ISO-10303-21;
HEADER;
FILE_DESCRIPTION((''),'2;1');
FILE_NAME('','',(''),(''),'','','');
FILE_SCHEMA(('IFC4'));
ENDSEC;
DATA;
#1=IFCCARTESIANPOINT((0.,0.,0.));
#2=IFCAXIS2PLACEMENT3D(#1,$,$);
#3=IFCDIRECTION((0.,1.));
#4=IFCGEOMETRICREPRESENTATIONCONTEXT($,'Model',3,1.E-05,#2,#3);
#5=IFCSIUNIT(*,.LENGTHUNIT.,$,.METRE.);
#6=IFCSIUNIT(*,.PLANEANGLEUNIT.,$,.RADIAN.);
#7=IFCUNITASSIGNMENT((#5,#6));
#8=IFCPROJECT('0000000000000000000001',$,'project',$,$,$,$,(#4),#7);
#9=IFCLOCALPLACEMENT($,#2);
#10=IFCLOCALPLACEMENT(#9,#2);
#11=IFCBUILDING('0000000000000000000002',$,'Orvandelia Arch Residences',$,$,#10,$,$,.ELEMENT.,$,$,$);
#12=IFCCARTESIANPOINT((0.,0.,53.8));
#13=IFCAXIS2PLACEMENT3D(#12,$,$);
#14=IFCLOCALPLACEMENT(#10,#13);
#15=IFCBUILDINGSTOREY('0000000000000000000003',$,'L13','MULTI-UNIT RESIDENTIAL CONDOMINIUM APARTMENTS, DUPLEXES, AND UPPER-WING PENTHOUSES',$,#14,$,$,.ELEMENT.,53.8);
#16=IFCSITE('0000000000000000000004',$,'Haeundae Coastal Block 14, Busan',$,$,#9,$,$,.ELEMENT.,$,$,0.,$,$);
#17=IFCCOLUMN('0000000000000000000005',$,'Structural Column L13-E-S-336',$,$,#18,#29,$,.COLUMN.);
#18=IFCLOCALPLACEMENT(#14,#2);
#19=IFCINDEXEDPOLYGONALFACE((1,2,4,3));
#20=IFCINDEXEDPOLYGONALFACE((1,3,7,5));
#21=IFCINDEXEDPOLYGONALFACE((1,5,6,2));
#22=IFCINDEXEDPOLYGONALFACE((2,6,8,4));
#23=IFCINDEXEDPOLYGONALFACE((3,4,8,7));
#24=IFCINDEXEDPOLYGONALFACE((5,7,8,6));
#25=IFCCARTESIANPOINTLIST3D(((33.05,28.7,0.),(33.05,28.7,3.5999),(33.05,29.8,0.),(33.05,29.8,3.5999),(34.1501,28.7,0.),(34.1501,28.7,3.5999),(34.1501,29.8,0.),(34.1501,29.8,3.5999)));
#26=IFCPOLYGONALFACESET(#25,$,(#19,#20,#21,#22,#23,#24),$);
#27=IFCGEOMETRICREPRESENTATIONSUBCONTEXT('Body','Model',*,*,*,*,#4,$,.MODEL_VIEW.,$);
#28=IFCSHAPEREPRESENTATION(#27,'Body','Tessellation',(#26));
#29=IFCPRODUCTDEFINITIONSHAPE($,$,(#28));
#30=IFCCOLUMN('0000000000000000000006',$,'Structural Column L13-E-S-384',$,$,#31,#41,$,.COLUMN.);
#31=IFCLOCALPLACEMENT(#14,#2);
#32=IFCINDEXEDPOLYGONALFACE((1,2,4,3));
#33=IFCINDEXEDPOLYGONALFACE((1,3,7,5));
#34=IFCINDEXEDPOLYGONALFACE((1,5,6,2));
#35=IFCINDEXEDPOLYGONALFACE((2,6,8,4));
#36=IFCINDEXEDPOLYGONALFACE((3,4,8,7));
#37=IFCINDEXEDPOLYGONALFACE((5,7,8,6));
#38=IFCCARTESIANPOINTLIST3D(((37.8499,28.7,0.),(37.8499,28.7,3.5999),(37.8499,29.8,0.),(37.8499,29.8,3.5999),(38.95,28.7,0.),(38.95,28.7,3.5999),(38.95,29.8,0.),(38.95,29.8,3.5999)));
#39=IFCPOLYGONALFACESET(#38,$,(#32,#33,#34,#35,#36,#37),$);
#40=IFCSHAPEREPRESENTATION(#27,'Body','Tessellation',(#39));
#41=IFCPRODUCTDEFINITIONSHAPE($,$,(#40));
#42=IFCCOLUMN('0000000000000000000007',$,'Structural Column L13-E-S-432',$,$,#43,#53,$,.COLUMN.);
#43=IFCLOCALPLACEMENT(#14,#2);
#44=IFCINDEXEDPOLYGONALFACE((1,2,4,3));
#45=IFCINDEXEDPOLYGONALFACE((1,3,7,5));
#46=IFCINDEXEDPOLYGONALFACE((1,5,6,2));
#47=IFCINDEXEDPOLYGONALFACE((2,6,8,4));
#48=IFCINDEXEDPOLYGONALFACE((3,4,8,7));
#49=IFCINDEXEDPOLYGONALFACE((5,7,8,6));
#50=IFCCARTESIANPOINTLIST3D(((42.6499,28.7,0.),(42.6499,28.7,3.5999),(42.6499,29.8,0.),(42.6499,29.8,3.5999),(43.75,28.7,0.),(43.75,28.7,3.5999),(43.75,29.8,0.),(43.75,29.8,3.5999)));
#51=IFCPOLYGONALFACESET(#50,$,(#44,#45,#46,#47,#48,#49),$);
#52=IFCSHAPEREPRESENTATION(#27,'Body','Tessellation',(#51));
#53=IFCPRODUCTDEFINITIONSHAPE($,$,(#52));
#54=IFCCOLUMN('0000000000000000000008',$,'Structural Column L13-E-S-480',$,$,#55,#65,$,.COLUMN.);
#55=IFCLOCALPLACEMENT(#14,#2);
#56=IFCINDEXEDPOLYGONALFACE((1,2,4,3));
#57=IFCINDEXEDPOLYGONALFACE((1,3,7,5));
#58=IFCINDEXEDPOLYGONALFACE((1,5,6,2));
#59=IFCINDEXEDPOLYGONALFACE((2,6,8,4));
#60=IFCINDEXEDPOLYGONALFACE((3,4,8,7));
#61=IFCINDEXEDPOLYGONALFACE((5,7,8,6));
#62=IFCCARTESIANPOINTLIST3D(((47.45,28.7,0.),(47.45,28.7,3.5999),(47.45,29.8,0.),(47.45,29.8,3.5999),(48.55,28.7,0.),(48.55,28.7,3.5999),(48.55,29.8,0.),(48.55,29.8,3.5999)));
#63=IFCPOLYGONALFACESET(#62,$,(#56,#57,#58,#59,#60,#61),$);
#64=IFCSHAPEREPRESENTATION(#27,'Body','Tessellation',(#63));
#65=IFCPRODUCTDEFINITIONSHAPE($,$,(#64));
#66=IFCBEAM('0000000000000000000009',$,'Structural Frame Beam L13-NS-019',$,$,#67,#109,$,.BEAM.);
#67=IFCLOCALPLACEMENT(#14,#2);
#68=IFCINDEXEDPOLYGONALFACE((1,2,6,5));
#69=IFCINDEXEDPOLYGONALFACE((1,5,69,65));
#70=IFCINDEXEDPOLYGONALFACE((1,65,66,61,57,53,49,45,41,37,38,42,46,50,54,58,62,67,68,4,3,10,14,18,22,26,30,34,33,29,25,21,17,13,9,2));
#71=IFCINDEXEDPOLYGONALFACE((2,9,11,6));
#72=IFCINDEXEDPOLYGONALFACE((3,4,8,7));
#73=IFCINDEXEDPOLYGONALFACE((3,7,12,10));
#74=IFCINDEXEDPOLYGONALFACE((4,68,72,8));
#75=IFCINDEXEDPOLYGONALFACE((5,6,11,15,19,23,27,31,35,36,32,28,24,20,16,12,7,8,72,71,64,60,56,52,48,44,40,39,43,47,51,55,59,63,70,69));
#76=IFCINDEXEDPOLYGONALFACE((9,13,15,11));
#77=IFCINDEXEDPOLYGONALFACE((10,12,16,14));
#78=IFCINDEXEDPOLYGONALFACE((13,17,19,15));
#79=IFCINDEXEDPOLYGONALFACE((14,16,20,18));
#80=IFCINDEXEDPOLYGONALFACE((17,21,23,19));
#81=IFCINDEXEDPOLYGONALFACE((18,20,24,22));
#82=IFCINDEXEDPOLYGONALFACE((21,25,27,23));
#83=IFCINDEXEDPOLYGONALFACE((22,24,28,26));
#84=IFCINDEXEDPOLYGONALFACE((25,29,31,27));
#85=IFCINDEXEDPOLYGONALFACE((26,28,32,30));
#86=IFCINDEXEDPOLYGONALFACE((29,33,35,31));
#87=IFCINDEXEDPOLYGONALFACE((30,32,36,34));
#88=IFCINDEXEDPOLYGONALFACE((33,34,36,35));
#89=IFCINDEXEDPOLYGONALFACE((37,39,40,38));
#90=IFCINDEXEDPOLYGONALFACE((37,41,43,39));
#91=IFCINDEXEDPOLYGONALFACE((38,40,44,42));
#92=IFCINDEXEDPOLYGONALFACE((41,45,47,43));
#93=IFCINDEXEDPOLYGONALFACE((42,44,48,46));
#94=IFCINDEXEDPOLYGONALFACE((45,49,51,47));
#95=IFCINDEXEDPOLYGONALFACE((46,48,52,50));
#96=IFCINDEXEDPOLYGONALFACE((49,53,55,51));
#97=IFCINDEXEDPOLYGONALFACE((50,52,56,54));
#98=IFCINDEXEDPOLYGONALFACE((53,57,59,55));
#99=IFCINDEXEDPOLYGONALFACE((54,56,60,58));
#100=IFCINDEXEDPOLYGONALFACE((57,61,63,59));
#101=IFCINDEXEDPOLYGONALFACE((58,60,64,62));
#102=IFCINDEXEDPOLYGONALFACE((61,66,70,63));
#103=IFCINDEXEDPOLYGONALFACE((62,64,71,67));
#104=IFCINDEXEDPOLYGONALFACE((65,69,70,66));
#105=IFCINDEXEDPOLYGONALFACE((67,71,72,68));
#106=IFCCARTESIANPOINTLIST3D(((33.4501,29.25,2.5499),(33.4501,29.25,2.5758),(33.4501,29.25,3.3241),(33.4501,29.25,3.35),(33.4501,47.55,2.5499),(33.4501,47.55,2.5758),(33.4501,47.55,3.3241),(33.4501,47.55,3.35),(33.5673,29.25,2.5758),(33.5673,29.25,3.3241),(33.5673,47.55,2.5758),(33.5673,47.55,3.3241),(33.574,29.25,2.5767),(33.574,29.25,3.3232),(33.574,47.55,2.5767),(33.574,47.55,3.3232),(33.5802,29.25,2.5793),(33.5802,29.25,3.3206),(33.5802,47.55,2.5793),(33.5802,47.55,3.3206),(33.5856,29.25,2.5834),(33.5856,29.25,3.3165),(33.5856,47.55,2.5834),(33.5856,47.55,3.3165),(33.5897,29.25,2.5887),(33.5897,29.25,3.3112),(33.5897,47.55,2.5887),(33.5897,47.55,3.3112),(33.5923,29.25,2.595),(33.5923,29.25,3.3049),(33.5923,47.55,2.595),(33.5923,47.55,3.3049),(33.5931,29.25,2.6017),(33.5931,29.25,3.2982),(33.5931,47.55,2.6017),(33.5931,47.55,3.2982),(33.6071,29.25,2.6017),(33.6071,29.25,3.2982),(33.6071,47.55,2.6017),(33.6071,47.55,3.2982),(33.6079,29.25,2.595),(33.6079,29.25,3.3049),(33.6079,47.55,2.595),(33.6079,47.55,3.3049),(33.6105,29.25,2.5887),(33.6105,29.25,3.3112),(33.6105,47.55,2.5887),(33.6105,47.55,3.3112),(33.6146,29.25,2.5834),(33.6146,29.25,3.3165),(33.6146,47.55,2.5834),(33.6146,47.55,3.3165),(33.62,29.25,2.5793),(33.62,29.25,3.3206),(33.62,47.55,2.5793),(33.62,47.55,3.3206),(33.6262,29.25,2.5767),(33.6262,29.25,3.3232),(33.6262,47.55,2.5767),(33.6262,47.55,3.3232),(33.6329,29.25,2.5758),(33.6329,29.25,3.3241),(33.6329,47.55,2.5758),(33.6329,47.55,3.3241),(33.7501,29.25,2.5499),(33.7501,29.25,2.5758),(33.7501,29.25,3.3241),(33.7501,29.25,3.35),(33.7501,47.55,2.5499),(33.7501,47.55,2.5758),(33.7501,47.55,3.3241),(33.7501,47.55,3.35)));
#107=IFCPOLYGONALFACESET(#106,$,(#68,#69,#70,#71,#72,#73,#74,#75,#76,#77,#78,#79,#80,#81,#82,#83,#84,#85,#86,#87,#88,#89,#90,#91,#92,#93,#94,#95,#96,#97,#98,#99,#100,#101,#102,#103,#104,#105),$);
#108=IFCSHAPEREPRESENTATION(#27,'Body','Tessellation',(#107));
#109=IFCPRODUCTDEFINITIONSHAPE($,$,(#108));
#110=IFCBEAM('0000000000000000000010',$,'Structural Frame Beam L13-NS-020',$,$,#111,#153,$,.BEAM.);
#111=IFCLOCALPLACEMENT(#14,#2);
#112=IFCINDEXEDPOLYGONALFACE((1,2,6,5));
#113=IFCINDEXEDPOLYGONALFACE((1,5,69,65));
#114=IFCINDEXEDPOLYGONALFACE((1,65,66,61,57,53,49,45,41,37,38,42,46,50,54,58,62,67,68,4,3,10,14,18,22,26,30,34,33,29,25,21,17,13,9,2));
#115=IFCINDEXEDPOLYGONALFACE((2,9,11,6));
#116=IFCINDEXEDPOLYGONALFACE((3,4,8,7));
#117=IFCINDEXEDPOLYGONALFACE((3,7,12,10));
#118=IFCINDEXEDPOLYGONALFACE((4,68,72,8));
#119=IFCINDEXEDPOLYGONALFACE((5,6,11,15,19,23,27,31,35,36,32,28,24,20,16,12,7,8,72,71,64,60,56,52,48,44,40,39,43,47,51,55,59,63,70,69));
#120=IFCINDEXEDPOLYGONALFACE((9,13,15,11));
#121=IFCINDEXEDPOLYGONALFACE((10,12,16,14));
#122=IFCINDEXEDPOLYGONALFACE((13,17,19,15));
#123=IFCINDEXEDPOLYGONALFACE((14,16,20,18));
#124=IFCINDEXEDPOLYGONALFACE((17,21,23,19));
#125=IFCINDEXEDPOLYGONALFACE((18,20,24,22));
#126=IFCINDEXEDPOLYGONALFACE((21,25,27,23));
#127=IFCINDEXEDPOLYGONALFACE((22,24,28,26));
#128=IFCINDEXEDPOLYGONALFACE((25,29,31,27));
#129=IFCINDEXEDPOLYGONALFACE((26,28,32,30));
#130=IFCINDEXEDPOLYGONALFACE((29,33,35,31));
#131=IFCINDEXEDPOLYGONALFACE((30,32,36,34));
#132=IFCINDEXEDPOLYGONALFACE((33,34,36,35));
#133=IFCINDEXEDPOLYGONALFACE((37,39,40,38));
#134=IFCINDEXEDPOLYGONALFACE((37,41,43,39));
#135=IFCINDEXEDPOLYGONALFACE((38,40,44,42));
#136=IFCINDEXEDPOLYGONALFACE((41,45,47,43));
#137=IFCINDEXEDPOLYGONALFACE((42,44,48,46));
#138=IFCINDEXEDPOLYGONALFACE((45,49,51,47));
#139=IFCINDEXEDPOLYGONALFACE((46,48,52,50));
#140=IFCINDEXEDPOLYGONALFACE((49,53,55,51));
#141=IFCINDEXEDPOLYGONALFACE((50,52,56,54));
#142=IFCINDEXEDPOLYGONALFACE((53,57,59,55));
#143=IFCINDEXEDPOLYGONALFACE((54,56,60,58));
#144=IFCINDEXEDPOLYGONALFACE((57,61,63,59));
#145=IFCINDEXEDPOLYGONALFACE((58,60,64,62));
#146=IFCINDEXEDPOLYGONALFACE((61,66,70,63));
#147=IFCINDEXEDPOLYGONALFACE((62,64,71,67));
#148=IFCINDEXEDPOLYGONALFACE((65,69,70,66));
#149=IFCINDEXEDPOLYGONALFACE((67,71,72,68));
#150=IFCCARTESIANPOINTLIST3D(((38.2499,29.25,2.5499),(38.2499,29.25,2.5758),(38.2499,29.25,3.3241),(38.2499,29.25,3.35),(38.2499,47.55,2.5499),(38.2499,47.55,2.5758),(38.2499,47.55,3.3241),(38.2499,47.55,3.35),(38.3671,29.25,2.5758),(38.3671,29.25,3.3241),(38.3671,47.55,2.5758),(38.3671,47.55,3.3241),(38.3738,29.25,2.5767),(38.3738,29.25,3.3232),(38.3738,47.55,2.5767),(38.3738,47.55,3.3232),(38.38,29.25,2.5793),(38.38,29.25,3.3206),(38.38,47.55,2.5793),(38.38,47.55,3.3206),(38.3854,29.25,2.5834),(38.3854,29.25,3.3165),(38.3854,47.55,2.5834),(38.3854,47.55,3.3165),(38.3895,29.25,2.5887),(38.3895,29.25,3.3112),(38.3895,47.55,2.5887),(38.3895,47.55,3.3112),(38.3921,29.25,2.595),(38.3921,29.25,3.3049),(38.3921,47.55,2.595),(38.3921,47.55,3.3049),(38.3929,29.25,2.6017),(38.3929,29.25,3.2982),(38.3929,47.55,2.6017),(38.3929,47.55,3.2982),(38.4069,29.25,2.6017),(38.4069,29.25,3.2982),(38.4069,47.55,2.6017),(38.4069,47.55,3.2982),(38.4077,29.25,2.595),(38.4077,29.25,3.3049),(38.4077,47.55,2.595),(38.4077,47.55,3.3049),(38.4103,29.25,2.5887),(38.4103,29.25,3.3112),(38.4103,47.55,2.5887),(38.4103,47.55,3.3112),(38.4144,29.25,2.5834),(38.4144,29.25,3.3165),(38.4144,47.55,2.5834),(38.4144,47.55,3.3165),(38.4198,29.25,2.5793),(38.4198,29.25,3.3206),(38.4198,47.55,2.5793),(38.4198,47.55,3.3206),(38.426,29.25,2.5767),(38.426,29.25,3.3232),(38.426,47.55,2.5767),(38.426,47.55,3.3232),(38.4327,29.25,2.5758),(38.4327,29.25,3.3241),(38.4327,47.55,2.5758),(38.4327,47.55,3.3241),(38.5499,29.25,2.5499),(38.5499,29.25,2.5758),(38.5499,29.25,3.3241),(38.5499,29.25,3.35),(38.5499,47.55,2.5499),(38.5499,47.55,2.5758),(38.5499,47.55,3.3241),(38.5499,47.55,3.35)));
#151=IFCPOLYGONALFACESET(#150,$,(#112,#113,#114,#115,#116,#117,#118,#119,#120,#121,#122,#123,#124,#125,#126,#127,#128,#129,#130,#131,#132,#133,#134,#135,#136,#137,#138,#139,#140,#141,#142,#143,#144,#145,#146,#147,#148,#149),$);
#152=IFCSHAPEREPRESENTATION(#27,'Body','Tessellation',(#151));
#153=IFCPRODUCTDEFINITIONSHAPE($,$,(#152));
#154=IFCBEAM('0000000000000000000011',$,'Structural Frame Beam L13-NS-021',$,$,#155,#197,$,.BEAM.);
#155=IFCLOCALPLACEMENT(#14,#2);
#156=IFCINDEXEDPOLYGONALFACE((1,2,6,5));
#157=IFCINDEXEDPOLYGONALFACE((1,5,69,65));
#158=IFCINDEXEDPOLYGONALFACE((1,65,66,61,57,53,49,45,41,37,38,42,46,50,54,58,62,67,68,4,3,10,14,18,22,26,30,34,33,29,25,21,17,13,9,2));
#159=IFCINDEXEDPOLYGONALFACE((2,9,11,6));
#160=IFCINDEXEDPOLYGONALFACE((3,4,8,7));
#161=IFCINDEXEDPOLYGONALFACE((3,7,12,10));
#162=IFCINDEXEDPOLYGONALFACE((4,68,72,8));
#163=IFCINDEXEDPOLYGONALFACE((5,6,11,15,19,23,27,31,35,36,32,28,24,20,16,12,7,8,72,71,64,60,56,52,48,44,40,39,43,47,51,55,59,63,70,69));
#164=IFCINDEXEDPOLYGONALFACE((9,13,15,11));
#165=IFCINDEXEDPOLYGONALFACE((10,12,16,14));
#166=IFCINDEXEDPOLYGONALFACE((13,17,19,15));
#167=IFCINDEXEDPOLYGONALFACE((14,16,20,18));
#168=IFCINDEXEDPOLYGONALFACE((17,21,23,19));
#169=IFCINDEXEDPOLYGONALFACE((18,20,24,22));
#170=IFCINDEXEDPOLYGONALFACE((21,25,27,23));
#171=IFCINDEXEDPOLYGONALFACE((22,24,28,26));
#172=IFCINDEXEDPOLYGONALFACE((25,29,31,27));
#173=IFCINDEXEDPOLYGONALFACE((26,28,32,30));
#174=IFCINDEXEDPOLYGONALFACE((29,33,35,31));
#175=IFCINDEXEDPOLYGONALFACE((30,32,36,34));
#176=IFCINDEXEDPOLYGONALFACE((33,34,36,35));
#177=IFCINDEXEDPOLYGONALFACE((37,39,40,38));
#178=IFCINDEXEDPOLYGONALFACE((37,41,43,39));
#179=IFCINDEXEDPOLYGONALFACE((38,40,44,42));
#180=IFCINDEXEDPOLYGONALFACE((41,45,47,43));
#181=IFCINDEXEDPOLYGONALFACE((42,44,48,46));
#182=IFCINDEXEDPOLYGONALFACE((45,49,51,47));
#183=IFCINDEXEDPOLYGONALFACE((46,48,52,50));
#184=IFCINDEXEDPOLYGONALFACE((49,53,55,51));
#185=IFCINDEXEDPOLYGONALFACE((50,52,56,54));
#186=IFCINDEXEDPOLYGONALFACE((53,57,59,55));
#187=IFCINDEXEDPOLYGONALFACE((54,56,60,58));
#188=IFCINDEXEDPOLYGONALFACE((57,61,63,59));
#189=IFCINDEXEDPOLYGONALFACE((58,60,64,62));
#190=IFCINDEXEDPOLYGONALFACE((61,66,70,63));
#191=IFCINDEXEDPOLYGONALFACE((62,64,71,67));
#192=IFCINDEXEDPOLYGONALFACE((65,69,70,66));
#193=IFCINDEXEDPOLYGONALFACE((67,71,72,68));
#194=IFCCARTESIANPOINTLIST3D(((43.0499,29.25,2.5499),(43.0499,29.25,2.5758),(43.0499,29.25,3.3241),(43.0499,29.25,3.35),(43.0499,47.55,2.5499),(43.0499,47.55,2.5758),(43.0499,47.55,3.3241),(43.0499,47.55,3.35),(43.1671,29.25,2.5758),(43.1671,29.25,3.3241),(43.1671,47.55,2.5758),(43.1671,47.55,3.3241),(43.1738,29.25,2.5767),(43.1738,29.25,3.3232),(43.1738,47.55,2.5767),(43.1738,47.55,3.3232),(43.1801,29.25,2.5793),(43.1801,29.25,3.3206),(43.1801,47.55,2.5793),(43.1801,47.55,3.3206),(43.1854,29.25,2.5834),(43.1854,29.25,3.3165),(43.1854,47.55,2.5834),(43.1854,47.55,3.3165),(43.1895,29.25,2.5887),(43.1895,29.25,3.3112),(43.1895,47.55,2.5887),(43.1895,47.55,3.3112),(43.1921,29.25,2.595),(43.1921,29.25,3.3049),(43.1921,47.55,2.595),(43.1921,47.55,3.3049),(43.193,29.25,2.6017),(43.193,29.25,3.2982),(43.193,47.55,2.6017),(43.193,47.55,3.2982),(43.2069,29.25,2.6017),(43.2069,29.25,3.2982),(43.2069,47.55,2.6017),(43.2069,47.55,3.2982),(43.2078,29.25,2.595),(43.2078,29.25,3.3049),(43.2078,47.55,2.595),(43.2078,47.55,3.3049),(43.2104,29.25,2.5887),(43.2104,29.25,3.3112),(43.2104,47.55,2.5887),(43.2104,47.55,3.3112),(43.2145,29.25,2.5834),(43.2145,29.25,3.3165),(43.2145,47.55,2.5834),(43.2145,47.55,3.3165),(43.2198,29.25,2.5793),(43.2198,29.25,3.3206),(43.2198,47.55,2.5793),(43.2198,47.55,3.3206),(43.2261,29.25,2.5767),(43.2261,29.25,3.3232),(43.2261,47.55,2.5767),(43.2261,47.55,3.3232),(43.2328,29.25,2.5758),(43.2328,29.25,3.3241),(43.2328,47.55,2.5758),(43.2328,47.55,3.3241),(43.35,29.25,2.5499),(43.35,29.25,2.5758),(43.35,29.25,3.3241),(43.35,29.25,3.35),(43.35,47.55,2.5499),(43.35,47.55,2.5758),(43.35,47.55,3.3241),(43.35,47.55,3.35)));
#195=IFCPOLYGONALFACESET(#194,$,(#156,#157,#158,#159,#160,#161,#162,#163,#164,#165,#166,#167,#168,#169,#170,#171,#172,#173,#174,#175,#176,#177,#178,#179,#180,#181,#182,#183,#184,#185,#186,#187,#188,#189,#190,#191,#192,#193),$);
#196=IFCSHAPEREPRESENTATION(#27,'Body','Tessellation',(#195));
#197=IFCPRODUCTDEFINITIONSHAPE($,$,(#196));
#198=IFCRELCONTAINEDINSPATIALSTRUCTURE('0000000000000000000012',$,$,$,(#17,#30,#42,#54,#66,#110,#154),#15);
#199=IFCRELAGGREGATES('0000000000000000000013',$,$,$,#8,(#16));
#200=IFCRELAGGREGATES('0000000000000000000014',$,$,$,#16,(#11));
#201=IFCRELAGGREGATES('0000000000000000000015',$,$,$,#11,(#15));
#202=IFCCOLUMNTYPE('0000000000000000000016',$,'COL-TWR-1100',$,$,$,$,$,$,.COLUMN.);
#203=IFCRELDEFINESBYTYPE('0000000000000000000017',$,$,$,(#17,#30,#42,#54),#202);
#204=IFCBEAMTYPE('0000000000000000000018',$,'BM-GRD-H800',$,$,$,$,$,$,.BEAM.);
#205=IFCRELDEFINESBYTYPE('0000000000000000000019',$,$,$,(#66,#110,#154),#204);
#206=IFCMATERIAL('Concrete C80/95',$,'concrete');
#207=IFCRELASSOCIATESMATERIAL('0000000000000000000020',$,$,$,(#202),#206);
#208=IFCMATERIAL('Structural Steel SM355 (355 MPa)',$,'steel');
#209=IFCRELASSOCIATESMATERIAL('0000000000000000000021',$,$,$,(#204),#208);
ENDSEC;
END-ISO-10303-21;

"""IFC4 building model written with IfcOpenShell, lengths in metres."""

from ifc_helpers import new_model, si_unit, direction, frame, origin, origin_2d, place, context, subcontext, project, spatial, rectangle, i_section, extrude, material, material_profile, profile_set, type_object, element, save


model = new_model("IFC4")

# Units and contexts
model_context = context("Model", 3, precision=1e-05, world=origin(), true_north=direction((0.0, 1.0)))
body_context = subcontext(model_context, "Body", "Model", "MODEL_VIEW")
ifc_project = project(units=[si_unit("LENGTHUNIT", "METRE"), si_unit("PLANEANGLEUNIT", "RADIAN")], contexts=[model_context])

# Site, building, storey
site_placement = place(None, origin())
site = spatial("IfcSite", under=ifc_project, at=site_placement, Name="Haeundae Coastal Block 14, Busan", CompositionType="ELEMENT", RefElevation=0.0)
building_placement = place(site_placement, origin())
building = spatial("IfcBuilding", under=site, at=building_placement, Name="Orvandelia Arch Residences", CompositionType="ELEMENT")
storey_placement = place(building_placement, frame((0.0, 0.0, 53.8)))
storey = spatial("IfcBuildingStorey", under=building, at=storey_placement, Name="L13", Description="MULTI-UNIT RESIDENTIAL CONDOMINIUM APARTMENTS, DUPLEXES, AND UPPER-WING PENTHOUSES", CompositionType="ELEMENT", Elevation=53.8)

# Columns
ifc_material_1 = material(Name="Concrete C80/95", Category="concrete")
ifc_material_profile_1 = material_profile(ifc_material_1, rectangle(XDim=1.1001, YDim=1.1001, at=origin_2d()), Name="Concrete C80/95", Category="concrete")
ifc_profile_set_1 = profile_set([ifc_material_profile_1], Name="Concrete C80/95")
column_type = type_object("IfcColumnType", Name="COL-TWR-1100", PredefinedType="COLUMN", material=ifc_profile_set_1)
for number, where, z_axis, x_axis, name in (
    (1, (33.6001, 29.25, 0.0), (0.0, 0.0, 1.0), (1.0, 0.0, 0.0), "Structural Column L13-E-S-336"),
    (2, (38.3999, 29.25, 0.0), (0.0, 0.0, 1.0), (1.0, 0.0, 0.0), "Structural Column L13-E-S-384"),
    (3, (43.2, 29.25, 0.0), (0.0, 0.0, 1.0), (1.0, 0.0, 0.0), "Structural Column L13-E-S-432"),
    (4, (48.0, 29.25, 0.0), (0.0, 0.0, 1.0), (1.0, 0.0, 0.0), "Structural Column L13-E-S-480"),
):
    element("IfcColumn", number, at=place(storey_placement, frame(where, z_axis=z_axis, x_axis=x_axis)), inside=storey, type_object=column_type, Name=name, PredefinedType="COLUMN", context=body_context, shape_type="SweptSolid", body=[
        extrude(rectangle(XDim=1.1001, YDim=1.1001, at=origin_2d()), origin(), (0.0, 0.0, 1.0), 3.5999),
    ])

# Beams
ifc_material_2 = material(Name="Structural Steel SM355 (355 MPa)", Category="steel")
ifc_material_profile_2 = material_profile(ifc_material_2, i_section(OverallWidth=0.3, OverallDepth=0.8, WebThickness=0.0139, FlangeThickness=0.0259, FilletRadius=0.0259, at=origin_2d()), Name="Structural Steel SM355 (355 MPa)", Category="steel")
ifc_profile_set_2 = profile_set([ifc_material_profile_2], Name="Structural Steel SM355 (355 MPa)")
beam_type = type_object("IfcBeamType", Name="BM-GRD-H800", PredefinedType="BEAM", material=ifc_profile_set_2)
for number, where, z_axis, x_axis, name in (
    (5, (33.6001, 29.25, 2.95), (0.0, 1.0, 0.0), (-1.0, 0.0, 0.0), "Structural Frame Beam L13-NS-019"),
    (6, (38.3999, 29.25, 2.95), (0.0, 1.0, 0.0), (-1.0, 0.0, 0.0), "Structural Frame Beam L13-NS-020"),
    (7, (43.2, 29.25, 2.95), (0.0, 1.0, 0.0), (-1.0, 0.0, 0.0), "Structural Frame Beam L13-NS-021"),
):
    element("IfcBeam", number, at=place(storey_placement, frame(where, z_axis=z_axis, x_axis=x_axis)), inside=storey, type_object=beam_type, Name=name, PredefinedType="BEAM", context=body_context, shape_type="SweptSolid", body=[
        extrude(i_section(OverallWidth=0.3, OverallDepth=0.8, WebThickness=0.0139, FlangeThickness=0.0259, FilletRadius=0.0259, at=origin_2d()), origin(), (0.0, 0.0, 1.0), 18.3),
    ])

save(model, "model.ifc")
